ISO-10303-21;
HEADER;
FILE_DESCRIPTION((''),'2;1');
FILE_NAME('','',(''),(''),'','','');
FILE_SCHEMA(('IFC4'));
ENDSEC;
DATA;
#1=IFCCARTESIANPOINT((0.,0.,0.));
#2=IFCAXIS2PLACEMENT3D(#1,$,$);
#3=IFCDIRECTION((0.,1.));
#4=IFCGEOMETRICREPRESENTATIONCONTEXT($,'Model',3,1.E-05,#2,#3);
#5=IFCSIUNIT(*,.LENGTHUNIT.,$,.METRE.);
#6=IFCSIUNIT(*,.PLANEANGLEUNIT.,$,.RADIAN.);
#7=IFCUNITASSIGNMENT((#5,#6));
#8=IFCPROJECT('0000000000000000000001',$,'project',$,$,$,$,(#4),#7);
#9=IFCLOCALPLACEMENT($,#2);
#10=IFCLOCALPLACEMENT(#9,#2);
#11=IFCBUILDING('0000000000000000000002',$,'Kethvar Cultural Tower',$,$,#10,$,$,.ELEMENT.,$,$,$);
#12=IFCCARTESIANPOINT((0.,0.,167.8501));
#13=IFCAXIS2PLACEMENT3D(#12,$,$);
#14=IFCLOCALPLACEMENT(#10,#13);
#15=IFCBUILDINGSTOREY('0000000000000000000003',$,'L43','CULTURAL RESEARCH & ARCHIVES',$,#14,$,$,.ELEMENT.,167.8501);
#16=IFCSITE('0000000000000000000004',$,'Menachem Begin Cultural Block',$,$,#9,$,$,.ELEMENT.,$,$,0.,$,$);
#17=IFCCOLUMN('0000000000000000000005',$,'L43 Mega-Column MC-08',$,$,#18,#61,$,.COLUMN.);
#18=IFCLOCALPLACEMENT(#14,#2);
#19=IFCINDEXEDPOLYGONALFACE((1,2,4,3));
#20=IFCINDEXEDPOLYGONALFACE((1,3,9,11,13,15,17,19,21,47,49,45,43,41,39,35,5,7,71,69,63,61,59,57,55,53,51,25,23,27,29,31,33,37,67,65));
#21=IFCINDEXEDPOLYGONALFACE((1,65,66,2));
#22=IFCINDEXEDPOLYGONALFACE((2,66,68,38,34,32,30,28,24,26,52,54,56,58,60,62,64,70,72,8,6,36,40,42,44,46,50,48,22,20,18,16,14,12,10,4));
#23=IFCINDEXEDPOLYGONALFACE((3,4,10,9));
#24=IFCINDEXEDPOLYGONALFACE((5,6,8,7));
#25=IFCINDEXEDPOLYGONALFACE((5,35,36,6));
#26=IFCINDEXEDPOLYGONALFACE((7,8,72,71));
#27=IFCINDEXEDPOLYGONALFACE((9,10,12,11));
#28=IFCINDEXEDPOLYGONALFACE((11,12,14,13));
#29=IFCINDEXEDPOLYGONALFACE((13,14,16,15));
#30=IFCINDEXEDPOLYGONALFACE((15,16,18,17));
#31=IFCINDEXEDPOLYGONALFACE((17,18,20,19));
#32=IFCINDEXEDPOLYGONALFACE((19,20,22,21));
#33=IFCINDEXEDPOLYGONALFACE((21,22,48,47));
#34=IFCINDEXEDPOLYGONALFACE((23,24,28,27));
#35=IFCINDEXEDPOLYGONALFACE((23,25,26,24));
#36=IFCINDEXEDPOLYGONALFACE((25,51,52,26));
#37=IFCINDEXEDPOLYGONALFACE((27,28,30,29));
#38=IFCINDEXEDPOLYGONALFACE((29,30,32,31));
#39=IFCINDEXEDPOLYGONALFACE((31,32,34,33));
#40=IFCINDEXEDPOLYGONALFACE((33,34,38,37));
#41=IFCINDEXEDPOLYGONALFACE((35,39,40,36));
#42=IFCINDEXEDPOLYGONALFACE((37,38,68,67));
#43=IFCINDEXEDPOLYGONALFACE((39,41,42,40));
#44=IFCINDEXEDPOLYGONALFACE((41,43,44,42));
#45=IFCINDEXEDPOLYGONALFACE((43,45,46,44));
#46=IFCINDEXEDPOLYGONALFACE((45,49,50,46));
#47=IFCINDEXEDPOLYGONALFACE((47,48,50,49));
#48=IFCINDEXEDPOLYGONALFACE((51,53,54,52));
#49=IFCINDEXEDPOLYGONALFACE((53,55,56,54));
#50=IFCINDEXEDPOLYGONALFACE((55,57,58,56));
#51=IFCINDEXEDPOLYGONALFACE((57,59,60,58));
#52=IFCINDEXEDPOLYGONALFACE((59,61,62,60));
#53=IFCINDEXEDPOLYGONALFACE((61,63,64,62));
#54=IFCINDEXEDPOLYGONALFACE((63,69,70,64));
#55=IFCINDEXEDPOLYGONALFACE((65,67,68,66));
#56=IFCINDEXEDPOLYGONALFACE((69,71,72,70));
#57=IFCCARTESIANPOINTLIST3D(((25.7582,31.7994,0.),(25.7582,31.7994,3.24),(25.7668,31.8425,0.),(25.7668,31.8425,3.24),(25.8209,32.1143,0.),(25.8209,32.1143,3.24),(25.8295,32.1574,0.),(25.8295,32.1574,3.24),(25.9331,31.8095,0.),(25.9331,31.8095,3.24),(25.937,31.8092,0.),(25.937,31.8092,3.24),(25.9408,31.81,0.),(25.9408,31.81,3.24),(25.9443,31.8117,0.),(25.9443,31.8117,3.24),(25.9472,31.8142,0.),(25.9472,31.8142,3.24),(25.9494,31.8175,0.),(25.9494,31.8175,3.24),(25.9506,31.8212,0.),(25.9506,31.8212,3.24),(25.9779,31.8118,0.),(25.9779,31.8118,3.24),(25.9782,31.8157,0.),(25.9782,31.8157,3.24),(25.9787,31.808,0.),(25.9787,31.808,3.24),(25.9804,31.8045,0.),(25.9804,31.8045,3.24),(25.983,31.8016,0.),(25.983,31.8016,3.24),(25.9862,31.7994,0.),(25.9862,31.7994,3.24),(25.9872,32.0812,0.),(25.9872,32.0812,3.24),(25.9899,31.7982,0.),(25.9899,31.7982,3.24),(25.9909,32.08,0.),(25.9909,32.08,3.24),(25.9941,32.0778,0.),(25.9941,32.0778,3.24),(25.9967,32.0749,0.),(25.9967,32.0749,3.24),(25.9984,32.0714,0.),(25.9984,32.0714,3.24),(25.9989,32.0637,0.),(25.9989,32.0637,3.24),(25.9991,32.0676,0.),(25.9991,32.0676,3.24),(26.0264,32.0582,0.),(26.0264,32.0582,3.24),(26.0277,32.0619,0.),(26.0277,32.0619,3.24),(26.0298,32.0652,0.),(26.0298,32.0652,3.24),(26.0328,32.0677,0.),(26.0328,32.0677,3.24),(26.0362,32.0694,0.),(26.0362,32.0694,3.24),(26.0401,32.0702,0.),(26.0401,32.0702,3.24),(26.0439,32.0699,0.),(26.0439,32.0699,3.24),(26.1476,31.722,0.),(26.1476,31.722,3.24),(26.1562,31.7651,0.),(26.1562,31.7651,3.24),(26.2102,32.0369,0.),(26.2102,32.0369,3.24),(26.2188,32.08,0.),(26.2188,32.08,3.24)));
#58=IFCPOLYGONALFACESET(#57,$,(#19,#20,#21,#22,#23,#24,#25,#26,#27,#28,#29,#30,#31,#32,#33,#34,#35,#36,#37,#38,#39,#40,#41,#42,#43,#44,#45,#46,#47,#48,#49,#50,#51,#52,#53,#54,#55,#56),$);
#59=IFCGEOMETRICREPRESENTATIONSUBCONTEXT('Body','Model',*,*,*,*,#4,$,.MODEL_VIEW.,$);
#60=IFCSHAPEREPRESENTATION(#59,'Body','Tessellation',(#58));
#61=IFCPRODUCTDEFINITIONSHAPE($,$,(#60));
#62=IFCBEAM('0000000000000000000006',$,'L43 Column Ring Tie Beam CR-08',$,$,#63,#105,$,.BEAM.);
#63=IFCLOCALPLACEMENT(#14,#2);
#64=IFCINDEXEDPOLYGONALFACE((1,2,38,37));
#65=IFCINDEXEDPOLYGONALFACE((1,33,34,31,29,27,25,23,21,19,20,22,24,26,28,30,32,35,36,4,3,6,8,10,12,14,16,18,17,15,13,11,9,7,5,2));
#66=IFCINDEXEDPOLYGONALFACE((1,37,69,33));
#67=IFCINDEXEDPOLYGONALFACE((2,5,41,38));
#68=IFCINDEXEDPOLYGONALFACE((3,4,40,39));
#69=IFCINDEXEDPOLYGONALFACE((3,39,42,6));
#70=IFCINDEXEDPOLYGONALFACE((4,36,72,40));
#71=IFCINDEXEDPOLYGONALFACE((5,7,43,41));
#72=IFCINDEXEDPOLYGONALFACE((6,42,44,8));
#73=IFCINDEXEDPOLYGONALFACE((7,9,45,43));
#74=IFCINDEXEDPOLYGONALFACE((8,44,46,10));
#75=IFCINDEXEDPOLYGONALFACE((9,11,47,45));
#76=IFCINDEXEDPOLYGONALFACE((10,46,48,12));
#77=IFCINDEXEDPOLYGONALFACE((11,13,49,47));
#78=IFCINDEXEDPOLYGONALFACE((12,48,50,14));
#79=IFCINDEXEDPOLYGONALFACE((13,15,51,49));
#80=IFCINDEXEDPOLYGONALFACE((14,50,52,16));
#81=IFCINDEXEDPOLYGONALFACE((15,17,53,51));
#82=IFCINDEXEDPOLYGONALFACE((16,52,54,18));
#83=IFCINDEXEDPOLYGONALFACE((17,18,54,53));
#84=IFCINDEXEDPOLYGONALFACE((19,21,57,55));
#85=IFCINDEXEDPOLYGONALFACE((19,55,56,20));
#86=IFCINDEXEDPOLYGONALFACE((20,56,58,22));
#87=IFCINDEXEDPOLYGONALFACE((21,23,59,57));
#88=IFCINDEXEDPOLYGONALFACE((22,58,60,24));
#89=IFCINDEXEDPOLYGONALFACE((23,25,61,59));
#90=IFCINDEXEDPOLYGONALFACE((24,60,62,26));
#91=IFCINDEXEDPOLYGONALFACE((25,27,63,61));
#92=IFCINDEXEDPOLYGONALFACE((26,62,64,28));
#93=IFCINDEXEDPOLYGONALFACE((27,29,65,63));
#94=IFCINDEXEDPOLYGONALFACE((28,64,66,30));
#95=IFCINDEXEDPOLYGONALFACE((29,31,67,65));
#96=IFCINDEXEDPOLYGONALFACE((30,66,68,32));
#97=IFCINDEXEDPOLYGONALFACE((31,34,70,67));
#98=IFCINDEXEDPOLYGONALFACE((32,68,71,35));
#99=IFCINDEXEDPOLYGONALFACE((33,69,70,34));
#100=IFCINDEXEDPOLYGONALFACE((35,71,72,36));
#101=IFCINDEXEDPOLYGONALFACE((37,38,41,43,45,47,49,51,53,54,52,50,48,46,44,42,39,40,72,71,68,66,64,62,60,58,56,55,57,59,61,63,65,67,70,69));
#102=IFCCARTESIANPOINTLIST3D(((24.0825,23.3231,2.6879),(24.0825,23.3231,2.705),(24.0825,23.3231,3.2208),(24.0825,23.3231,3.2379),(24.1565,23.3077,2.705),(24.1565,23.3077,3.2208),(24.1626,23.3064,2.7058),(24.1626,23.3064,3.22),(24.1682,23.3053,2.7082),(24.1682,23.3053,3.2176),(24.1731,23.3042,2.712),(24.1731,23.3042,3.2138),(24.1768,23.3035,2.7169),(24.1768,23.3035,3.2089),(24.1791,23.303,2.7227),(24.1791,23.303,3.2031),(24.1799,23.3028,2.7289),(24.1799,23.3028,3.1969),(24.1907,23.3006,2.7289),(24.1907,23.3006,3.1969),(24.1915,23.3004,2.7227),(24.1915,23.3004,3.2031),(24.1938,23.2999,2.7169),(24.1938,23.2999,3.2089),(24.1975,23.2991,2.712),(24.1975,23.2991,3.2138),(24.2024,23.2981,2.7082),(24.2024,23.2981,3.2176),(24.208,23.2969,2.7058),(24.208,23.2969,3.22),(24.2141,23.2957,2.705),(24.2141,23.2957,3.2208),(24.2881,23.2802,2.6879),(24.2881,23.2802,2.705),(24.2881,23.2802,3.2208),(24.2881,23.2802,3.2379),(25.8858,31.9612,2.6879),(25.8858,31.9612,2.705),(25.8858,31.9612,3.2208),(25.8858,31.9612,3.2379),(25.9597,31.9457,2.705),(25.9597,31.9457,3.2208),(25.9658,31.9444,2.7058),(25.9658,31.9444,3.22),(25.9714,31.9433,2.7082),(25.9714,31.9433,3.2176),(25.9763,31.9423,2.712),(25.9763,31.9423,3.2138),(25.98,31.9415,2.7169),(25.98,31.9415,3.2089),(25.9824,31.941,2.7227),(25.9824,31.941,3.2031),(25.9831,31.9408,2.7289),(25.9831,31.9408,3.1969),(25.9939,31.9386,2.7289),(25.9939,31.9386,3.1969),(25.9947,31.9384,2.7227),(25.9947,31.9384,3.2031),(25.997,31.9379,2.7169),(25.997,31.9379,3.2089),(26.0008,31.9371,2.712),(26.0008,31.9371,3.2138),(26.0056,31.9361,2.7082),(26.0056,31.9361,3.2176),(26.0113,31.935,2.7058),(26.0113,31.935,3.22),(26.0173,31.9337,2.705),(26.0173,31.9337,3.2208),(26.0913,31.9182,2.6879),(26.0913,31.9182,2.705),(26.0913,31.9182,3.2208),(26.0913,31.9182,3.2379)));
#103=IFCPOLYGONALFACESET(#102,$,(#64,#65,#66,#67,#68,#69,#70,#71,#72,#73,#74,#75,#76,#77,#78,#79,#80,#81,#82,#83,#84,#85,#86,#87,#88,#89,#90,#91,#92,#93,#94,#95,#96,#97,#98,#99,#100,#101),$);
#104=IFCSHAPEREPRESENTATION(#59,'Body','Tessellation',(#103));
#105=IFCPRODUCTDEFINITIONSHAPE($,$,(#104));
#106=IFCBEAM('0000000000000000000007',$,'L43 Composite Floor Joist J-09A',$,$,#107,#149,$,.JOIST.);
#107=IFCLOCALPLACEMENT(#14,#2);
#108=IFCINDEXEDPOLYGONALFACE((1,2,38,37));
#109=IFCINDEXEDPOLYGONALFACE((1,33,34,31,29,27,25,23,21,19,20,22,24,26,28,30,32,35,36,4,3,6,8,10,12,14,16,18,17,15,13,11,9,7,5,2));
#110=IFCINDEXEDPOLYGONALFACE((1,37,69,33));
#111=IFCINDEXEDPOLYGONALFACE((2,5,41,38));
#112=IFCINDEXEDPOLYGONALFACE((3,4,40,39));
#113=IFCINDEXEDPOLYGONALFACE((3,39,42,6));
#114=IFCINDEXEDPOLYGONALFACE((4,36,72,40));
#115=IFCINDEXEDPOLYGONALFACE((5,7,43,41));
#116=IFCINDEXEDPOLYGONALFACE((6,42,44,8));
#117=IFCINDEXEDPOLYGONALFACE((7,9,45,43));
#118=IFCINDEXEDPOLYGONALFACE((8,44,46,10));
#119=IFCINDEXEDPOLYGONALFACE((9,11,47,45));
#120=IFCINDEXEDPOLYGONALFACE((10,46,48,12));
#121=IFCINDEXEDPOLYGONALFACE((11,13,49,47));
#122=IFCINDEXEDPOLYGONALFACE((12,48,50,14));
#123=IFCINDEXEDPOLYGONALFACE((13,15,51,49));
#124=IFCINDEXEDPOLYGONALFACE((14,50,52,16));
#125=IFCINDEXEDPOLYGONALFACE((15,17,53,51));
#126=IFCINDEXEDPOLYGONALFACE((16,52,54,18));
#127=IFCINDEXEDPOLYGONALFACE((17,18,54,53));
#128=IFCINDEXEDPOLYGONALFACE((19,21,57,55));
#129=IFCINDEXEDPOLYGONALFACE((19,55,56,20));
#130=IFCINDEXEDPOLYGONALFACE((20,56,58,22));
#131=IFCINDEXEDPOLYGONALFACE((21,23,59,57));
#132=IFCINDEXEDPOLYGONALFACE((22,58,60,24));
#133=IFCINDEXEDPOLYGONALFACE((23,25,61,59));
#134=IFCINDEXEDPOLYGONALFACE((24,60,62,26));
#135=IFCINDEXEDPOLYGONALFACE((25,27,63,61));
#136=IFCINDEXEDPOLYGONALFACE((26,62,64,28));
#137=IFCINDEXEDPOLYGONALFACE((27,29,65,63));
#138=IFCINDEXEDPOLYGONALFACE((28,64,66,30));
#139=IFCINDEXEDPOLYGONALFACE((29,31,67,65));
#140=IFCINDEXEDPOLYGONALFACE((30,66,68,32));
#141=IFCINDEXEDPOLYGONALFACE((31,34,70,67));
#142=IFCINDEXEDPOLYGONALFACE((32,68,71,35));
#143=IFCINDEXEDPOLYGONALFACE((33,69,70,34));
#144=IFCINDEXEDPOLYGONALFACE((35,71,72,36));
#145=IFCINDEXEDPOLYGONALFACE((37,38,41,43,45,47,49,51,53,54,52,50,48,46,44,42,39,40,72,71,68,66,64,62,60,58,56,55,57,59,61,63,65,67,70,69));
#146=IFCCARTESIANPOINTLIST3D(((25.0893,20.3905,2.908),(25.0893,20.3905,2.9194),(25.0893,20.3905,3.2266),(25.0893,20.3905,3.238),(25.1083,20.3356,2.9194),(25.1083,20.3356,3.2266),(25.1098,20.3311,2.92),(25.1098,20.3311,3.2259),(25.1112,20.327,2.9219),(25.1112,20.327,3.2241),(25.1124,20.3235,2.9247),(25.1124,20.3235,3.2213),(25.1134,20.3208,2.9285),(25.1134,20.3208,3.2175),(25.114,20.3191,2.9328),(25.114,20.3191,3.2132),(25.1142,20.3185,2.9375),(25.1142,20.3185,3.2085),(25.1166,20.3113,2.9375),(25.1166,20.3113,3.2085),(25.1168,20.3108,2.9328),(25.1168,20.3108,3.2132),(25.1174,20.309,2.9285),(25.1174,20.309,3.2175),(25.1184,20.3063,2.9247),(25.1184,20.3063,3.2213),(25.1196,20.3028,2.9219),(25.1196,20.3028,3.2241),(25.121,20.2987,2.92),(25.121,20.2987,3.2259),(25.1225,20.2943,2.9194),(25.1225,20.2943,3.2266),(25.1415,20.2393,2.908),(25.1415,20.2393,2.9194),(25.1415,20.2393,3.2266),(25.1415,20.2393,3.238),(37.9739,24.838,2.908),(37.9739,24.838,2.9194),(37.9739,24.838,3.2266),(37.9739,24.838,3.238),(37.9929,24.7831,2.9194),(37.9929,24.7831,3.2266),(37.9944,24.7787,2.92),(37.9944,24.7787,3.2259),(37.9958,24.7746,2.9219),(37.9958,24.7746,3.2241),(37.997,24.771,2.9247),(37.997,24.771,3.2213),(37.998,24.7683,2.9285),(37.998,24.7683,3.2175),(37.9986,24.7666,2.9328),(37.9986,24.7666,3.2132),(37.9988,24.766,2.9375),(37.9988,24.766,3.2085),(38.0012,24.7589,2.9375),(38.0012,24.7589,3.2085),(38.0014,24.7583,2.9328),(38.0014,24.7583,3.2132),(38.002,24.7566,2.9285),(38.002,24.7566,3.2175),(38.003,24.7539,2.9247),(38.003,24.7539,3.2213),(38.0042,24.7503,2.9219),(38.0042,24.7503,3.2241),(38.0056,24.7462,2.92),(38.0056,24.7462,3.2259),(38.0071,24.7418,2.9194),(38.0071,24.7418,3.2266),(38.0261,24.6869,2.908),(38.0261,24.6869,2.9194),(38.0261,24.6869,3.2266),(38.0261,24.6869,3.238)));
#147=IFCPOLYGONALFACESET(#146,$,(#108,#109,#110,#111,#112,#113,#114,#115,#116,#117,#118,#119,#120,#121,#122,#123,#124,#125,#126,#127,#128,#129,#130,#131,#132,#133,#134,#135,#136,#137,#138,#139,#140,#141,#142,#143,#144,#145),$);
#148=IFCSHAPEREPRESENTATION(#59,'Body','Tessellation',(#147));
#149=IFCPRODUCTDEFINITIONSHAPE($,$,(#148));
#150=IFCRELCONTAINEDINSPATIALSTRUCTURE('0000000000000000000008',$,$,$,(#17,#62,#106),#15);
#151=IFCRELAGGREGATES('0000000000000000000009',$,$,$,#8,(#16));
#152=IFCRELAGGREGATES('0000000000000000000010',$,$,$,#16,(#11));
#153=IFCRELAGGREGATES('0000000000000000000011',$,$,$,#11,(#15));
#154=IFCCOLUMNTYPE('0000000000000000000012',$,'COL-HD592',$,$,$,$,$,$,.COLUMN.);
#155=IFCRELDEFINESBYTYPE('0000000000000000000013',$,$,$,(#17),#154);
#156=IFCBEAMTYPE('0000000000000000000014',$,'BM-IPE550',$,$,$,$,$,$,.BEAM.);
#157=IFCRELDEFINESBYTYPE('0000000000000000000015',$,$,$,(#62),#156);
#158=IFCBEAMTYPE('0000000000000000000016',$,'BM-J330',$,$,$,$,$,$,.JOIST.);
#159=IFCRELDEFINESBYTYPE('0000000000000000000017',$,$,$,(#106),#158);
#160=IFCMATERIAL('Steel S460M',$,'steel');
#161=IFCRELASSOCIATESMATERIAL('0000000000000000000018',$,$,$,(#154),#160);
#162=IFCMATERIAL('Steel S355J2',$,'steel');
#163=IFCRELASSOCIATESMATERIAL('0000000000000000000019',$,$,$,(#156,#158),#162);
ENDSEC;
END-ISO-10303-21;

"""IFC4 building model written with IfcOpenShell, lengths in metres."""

from ifc_helpers import new_model, si_unit, direction, frame, origin, origin_2d, place, context, subcontext, project, spatial, i_section, extrude, source, transform, mapped, material, material_profile, profile_set, type_object, element, save


model = new_model("IFC4")

# Units and contexts
model_context = context("Model", 3, precision=1e-05, world=origin(), true_north=direction((0.0, 1.0)))
body_context = subcontext(model_context, "Body", "Model", "MODEL_VIEW")
ifc_project = project(units=[si_unit("LENGTHUNIT", "METRE"), si_unit("PLANEANGLEUNIT", "RADIAN")], contexts=[model_context])

# Site, building, storey
site_placement = place(None, origin())
site = spatial("IfcSite", under=ifc_project, at=site_placement, Name="Menachem Begin Cultural Block", CompositionType="ELEMENT", RefElevation=0.0)
building_placement = place(site_placement, origin())
building = spatial("IfcBuilding", under=site, at=building_placement, Name="Kethvar Cultural Tower", CompositionType="ELEMENT")
storey_placement = place(building_placement, frame((0.0, 0.0, 167.8501)))
storey = spatial("IfcBuildingStorey", under=building, at=storey_placement, Name="L43", Description="CULTURAL RESEARCH & ARCHIVES", CompositionType="ELEMENT", Elevation=167.8501)

# Column
ifc_material_1 = material(Name="Steel S460M", Category="steel")
ifc_material_profile_1 = material_profile(ifc_material_1, i_section(OverallWidth=0.397, OverallDepth=0.365, WebThickness=0.0281, FlangeThickness=0.0439, FilletRadius=0.0149, at=origin_2d()), Name="Steel S460M — HD400x592")
ifc_profile_set_1 = profile_set([ifc_material_profile_1], Name="Steel S460M — HD400x592")
column_type = type_object("IfcColumnType", Name="COL-HD592", PredefinedType="COLUMN", material=ifc_profile_set_1)
shared_shape_1 = source(origin(), body_context, "Body", "SweptSolid", [
    extrude(i_section(OverallWidth=0.397, OverallDepth=0.365, WebThickness=0.0281, FlangeThickness=0.0439, FilletRadius=0.0149, at=origin_2d()), origin(), (0.0, 0.0, 1.0), 3.24),
])
column_placement = place(storey_placement, frame((25.9885, 31.9397, 0.0), z_axis=(0.0, 0.0, 1.0), x_axis=(-0.980785, 0.19509, 0.0)))
element("IfcColumn", 1, at=column_placement, inside=storey, type_object=column_type, Name="L43 Mega-Column MC-08", PredefinedType="COLUMN", context=body_context, shape_type="MappedRepresentation", body=[
    mapped(shared_shape_1, transform((0.0, 0.0, 0.0), scale=1.0)),
])

# Beams
ifc_material_2 = material(Name="Steel S355J2", Category="steel")
ifc_material_profile_2 = material_profile(ifc_material_2, i_section(OverallWidth=0.21, OverallDepth=0.55, WebThickness=0.011, FlangeThickness=0.0171, FilletRadius=0.0239, at=origin_2d()), Name="Steel S355J2 — IPE550")
ifc_profile_set_2 = profile_set([ifc_material_profile_2], Name="Steel S355J2 — IPE550")
beam_type_1 = type_object("IfcBeamType", Name="BM-IPE550", PredefinedType="BEAM", material=ifc_profile_set_2)
shared_shape_2 = source(origin(), body_context, "Body", "SweptSolid", [
    extrude(i_section(OverallWidth=0.21, OverallDepth=0.55, WebThickness=0.011, FlangeThickness=0.0171, FilletRadius=0.0239, at=origin_2d()), origin(), (0.0, 0.0, 1.0), 8.8242),
])
beam_1_placement = place(storey_placement, frame((25.9885, 31.9397, 2.9629), z_axis=(-0.204351, -0.978898, 0.0), x_axis=(0.978898, -0.204351, 0.0)))
element("IfcBeam", 2, at=beam_1_placement, inside=storey, type_object=beam_type_1, Name="L43 Column Ring Tie Beam CR-08", PredefinedType="BEAM", context=body_context, shape_type="MappedRepresentation", body=[
    mapped(shared_shape_2, transform((0.0, 0.0, 0.0), scale=1.0)),
])
ifc_material_profile_3 = material_profile(ifc_material_2, i_section(OverallWidth=0.1599, OverallDepth=0.3301, WebThickness=0.0076, FlangeThickness=0.0115, FilletRadius=0.0181, at=origin_2d()), Name="Steel S355J2 — IPE330")
ifc_profile_set_3 = profile_set([ifc_material_profile_3], Name="Steel S355J2 — IPE330")
beam_type_2 = type_object("IfcBeamType", Name="BM-J330", PredefinedType="JOIST", material=ifc_profile_set_3)
shared_shape_3 = source(origin(), body_context, "Body", "SweptSolid", [
    extrude(i_section(OverallWidth=0.1599, OverallDepth=0.3301, WebThickness=0.0076, FlangeThickness=0.0115, FilletRadius=0.0181, at=origin_2d()), origin(), (0.0, 0.0, 1.0), 13.6306),
])
beam_2_placement = place(storey_placement, frame((38.0, 24.7625, 3.073), z_axis=(-0.94527, -0.32629, 0.0), x_axis=(0.32629, -0.94527, 0.0)))
element("IfcBeam", 3, at=beam_2_placement, inside=storey, type_object=beam_type_2, Name="L43 Composite Floor Joist J-09A", PredefinedType="JOIST", context=body_context, shape_type="MappedRepresentation", body=[
    mapped(shared_shape_3, transform((0.0, 0.0, 0.0), scale=1.0)),
])

save(model, "model.ifc")
